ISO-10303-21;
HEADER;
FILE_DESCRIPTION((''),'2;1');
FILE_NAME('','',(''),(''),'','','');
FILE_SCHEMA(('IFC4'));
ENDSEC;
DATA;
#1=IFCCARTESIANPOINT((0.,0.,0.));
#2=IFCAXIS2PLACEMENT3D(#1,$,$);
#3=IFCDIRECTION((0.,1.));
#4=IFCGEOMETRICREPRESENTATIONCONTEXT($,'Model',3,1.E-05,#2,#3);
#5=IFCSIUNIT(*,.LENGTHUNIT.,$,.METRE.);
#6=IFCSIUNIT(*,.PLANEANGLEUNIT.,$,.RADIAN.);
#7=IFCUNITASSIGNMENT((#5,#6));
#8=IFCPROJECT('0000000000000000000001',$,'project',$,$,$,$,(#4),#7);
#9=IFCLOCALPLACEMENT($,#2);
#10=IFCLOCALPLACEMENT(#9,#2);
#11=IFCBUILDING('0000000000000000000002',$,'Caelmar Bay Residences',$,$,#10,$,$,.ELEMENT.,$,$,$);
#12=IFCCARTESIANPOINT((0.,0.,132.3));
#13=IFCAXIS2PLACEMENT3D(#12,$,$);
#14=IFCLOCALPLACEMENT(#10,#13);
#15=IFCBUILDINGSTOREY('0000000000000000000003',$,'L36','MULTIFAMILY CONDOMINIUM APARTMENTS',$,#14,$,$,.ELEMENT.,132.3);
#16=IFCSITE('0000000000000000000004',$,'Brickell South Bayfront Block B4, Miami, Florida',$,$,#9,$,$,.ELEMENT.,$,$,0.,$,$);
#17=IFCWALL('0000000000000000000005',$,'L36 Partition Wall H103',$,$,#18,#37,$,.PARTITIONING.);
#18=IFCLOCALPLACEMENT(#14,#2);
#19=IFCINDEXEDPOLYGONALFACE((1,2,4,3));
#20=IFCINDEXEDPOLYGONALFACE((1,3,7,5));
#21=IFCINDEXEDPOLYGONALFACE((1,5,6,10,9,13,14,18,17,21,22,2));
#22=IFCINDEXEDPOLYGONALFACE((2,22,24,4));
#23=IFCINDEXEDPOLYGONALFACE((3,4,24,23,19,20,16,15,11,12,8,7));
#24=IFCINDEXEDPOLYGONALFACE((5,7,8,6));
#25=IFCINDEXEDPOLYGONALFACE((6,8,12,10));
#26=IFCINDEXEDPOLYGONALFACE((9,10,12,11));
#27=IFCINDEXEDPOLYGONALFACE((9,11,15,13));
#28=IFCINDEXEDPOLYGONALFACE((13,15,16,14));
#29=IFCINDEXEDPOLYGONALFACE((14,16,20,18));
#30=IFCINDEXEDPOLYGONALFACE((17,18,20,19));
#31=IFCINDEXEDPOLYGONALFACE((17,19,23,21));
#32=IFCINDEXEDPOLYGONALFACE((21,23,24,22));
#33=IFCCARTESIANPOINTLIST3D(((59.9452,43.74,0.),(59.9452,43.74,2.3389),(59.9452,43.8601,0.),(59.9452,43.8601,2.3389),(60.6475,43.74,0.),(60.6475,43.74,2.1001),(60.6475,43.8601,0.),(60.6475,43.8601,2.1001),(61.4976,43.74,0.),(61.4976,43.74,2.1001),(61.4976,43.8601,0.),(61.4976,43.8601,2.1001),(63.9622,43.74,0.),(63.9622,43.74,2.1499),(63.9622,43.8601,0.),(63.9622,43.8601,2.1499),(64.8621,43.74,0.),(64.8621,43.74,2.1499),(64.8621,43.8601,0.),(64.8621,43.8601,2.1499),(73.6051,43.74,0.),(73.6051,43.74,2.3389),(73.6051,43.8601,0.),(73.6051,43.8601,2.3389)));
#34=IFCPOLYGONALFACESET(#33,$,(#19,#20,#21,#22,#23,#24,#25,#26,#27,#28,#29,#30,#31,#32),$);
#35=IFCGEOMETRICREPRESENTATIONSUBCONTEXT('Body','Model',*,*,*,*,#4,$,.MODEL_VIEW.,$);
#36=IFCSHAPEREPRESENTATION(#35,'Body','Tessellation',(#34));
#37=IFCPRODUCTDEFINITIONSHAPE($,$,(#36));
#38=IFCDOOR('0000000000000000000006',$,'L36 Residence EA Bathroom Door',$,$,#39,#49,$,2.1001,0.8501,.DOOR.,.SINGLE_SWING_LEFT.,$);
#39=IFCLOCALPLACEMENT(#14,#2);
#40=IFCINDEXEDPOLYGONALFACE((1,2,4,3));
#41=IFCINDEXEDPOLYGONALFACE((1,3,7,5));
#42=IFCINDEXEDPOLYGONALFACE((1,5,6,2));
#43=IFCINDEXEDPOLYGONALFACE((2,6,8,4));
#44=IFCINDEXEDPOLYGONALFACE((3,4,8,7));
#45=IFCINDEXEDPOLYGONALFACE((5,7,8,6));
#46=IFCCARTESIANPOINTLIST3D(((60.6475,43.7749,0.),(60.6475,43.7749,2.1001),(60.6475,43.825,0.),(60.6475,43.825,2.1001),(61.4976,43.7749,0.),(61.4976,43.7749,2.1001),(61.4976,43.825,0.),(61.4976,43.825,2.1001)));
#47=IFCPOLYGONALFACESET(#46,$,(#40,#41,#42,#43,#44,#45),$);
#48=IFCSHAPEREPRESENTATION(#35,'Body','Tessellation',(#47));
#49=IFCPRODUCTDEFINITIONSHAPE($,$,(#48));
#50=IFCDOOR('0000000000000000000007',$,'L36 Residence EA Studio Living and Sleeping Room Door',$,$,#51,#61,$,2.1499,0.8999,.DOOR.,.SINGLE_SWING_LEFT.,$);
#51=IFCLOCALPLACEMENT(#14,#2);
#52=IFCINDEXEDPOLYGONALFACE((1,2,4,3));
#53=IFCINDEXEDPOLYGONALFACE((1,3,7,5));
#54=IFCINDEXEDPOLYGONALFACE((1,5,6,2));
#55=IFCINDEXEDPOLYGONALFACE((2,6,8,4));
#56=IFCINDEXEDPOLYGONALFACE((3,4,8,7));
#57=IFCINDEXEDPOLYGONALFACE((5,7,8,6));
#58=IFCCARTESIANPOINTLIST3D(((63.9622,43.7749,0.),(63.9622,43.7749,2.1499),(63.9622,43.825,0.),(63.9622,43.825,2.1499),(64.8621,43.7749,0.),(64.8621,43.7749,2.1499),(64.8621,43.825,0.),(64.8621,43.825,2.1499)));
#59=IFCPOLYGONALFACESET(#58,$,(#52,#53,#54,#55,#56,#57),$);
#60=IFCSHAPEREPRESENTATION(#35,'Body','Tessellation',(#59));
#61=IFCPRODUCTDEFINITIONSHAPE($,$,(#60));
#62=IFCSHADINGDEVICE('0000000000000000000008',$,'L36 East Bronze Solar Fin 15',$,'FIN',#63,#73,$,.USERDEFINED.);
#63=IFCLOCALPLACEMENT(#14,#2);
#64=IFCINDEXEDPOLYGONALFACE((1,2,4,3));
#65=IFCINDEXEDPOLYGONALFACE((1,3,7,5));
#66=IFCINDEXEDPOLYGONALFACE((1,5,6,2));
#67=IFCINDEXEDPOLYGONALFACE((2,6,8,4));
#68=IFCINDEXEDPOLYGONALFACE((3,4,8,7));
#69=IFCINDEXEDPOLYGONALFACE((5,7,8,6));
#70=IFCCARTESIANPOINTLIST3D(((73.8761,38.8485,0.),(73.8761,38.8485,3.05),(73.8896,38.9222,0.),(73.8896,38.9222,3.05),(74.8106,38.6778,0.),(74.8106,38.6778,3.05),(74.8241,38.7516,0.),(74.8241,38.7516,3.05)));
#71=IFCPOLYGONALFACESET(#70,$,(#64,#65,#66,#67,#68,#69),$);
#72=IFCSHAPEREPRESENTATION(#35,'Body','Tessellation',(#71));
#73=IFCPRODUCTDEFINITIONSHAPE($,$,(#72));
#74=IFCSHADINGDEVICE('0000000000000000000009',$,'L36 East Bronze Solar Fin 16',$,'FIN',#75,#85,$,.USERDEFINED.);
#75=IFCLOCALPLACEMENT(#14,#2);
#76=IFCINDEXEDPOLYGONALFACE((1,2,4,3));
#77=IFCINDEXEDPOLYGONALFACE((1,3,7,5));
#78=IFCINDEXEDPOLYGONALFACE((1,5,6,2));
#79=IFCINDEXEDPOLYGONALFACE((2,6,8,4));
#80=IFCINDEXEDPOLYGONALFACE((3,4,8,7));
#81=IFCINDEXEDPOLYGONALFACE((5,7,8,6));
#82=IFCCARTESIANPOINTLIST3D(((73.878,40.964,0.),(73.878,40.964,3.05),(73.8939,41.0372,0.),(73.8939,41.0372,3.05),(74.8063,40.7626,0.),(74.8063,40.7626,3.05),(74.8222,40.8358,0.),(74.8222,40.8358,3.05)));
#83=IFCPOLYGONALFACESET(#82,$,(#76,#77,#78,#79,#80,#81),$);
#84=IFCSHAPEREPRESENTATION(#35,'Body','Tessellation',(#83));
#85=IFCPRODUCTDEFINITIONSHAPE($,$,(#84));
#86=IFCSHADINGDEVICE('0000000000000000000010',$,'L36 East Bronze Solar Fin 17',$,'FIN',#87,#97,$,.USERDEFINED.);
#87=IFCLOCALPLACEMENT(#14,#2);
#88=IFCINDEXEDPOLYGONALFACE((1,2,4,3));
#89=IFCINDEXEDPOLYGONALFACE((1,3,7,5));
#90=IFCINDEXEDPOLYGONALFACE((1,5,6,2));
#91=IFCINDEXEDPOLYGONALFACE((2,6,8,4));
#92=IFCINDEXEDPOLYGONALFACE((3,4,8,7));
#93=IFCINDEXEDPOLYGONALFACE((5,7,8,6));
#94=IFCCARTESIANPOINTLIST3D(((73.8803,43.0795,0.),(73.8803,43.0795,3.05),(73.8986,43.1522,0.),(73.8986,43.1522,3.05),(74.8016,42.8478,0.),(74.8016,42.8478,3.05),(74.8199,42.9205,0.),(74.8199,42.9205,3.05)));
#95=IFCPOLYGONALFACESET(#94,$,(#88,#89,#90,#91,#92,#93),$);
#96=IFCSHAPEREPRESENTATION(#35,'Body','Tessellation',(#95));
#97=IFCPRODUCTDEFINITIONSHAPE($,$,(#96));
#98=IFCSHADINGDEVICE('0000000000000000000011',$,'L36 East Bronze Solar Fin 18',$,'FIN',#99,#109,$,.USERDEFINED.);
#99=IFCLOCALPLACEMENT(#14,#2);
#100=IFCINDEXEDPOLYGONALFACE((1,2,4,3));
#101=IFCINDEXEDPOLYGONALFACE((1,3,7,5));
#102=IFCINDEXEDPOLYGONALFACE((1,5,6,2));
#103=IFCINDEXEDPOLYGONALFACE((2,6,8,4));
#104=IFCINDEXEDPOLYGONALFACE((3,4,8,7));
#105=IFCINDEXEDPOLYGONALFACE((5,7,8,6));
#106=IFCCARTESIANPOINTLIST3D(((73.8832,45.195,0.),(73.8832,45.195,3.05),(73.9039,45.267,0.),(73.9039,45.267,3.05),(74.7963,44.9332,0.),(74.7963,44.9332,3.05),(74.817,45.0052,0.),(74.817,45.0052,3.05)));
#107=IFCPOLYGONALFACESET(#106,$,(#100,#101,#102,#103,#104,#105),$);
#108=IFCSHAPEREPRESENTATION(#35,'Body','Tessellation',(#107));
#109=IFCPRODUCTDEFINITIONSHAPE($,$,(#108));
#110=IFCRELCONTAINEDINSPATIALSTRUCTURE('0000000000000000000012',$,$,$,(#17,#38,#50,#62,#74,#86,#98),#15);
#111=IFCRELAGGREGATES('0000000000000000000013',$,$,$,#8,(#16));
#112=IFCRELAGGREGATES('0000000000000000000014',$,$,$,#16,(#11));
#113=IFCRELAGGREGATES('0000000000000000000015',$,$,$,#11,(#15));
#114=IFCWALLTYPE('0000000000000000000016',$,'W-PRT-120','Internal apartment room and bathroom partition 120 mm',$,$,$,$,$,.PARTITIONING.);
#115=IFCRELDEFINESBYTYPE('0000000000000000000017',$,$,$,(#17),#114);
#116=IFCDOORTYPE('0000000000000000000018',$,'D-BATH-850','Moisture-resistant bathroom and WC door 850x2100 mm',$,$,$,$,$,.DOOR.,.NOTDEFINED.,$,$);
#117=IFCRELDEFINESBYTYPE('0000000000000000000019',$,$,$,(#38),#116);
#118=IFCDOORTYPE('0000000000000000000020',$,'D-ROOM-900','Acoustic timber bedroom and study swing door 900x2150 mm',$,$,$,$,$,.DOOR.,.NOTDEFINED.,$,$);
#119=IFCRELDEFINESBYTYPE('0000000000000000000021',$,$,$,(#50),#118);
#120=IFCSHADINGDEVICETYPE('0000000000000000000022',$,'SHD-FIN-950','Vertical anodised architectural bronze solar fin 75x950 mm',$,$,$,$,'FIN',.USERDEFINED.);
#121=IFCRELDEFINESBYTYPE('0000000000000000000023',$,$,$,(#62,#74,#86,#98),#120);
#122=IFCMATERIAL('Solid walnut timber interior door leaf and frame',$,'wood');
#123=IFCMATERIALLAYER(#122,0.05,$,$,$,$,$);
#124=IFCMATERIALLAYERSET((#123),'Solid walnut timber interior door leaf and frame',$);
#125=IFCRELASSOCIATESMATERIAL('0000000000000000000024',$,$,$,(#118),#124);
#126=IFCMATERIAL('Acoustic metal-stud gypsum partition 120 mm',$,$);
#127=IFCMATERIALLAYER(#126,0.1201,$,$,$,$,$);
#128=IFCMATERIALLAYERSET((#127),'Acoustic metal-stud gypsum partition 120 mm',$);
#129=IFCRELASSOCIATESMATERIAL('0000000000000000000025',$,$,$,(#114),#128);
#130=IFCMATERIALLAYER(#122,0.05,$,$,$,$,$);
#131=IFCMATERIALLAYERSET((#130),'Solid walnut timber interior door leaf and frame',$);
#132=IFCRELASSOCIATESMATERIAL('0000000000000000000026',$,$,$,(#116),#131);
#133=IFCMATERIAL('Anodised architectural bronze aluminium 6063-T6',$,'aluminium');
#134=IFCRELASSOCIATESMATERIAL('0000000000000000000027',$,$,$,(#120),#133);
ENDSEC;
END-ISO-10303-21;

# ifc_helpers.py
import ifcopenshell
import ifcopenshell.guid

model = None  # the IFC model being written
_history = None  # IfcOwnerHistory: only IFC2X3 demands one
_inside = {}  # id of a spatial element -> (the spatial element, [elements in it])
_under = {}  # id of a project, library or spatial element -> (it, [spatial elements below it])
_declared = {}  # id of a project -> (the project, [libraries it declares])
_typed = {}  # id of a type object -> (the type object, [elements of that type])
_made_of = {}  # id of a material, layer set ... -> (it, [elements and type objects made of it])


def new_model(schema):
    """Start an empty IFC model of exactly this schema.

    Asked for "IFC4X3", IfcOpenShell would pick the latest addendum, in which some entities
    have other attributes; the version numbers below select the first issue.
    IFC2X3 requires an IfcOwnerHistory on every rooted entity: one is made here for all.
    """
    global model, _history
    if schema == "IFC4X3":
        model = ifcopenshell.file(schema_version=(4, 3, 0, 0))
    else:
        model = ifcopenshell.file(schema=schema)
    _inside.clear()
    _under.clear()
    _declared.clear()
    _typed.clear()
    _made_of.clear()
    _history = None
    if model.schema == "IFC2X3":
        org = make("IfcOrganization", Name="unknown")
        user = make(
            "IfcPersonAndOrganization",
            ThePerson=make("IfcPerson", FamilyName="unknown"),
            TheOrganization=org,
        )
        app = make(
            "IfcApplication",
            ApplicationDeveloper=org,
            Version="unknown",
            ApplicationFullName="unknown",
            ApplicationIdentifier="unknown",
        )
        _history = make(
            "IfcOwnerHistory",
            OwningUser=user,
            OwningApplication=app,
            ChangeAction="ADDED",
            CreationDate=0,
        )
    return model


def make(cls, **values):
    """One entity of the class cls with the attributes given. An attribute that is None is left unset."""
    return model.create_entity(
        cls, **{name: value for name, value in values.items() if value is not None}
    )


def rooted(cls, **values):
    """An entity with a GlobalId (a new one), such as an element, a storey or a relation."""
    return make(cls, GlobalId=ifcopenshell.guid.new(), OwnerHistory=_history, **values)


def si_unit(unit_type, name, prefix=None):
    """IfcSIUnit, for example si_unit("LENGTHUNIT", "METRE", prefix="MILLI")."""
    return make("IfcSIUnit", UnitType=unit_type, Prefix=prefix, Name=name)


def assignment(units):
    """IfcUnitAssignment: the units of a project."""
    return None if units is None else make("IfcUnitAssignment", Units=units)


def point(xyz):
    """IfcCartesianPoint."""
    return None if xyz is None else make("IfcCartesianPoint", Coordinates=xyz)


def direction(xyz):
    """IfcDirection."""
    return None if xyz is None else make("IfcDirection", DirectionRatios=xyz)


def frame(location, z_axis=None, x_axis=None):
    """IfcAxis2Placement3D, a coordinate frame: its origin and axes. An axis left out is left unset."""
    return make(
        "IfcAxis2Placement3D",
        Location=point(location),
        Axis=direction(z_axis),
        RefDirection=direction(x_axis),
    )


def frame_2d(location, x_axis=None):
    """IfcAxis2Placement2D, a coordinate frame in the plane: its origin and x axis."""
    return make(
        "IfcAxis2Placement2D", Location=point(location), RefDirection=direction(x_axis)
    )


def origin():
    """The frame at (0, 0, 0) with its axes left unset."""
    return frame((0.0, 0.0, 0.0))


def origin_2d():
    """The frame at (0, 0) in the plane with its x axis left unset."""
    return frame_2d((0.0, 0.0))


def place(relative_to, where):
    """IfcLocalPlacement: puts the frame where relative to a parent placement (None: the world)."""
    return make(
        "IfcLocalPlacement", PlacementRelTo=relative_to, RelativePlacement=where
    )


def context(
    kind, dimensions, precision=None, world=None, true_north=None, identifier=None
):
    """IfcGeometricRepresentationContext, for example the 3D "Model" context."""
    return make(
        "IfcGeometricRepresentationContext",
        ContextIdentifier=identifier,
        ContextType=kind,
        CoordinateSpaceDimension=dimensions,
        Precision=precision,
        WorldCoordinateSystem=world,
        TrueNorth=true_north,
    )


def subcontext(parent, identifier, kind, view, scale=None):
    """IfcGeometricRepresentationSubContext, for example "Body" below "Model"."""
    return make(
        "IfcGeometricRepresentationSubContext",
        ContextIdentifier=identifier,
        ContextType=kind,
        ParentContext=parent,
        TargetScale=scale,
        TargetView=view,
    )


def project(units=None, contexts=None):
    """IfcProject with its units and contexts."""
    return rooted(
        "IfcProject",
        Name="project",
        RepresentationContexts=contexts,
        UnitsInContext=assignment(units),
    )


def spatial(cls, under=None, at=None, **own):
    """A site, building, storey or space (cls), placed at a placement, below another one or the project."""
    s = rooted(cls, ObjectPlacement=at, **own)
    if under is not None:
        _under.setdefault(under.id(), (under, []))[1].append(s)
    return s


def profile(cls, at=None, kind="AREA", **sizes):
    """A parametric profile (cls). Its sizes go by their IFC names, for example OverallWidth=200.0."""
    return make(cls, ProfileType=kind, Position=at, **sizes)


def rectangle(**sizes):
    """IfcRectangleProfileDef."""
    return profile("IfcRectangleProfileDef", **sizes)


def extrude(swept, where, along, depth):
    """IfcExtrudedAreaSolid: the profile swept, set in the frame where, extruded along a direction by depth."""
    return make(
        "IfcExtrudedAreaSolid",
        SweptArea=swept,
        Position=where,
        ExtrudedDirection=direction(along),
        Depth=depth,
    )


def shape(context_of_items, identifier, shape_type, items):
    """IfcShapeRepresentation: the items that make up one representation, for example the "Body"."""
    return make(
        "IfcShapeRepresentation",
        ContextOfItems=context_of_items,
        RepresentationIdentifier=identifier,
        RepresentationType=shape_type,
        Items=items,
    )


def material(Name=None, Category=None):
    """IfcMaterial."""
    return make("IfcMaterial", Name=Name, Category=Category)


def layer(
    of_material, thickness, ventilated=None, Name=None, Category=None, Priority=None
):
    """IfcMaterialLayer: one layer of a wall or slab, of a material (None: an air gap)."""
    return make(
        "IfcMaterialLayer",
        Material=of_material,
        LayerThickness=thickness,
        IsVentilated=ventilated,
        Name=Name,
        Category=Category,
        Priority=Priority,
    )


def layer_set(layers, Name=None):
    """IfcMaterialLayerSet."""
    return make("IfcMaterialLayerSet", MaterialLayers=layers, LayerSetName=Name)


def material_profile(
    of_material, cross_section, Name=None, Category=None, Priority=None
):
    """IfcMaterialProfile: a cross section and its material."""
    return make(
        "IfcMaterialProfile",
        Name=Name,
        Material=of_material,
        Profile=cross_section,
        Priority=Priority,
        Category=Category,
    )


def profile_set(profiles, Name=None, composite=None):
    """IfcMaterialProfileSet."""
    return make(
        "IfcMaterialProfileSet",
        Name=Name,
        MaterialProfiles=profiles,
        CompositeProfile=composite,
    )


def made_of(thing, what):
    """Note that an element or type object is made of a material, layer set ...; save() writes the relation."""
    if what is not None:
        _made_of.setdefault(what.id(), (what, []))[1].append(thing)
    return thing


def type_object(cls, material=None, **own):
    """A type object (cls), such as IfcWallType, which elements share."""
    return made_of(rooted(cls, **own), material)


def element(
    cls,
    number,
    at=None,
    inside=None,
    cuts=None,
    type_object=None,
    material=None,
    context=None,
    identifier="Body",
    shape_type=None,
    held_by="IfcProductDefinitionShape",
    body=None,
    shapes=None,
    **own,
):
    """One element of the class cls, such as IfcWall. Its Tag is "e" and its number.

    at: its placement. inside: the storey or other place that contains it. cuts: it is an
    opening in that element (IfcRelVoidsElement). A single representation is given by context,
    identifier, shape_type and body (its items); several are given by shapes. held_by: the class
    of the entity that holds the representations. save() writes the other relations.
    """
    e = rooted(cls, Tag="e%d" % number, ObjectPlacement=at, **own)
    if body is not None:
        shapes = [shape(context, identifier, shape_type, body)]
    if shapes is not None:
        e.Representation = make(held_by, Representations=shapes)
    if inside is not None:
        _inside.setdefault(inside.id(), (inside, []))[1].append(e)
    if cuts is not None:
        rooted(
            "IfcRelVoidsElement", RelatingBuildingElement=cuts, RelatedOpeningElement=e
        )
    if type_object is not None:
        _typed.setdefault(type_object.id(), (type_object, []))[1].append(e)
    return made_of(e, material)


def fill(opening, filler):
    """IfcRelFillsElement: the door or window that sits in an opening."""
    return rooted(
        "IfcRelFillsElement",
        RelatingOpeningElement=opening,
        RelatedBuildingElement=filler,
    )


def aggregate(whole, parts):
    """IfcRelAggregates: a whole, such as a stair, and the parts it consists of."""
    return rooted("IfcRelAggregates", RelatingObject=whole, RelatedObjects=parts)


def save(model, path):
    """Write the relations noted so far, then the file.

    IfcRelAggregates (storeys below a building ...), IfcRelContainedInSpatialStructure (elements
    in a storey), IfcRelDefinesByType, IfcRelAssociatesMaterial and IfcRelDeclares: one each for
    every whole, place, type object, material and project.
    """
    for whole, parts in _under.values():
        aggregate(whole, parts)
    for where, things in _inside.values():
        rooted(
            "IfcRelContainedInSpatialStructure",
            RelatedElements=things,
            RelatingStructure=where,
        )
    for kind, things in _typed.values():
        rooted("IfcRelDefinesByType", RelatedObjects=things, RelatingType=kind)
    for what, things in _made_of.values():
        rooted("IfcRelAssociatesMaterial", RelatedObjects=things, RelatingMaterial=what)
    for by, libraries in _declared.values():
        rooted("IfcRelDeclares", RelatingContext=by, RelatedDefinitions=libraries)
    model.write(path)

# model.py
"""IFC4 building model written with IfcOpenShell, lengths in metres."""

from ifc_helpers import new_model, si_unit, direction, frame, frame_2d, origin, origin_2d, place, context, subcontext, project, spatial, rectangle, extrude, material, layer, layer_set, material_profile, profile_set, type_object, element, fill, save


model = new_model("IFC4")

# Units and contexts
model_context = context("Model", 3, precision=1e-05, world=origin(), true_north=direction((0.0, 1.0)))
body_context = subcontext(model_context, "Body", "Model", "MODEL_VIEW")
ifc_project = project(units=[si_unit("LENGTHUNIT", "METRE"), si_unit("PLANEANGLEUNIT", "RADIAN")], contexts=[model_context])

# Site, building, storey
site_placement = place(None, origin())
site = spatial("IfcSite", under=ifc_project, at=site_placement, Name="Brickell South Bayfront Block B4, Miami, Florida", CompositionType="ELEMENT", RefElevation=0.0)
building_placement = place(site_placement, origin())
building = spatial("IfcBuilding", under=site, at=building_placement, Name="Caelmar Bay Residences", CompositionType="ELEMENT")
storey_placement = place(building_placement, frame((0.0, 0.0, 132.3)))
storey = spatial("IfcBuildingStorey", under=building, at=storey_placement, Name="L36", Description="MULTIFAMILY CONDOMINIUM APARTMENTS", CompositionType="ELEMENT", Elevation=132.3)

# Shared definitions
ifc_material_1 = material(Name="Solid walnut timber interior door leaf and frame", Category="wood")
ifc_layer_1 = layer(ifc_material_1, 0.05)
ifc_layer_set_1 = layer_set([ifc_layer_1], Name="Solid walnut timber interior door leaf and frame")
door_type_1 = type_object("IfcDoorType", Name="D-ROOM-900", Description="Acoustic timber bedroom and study swing door 900x2150 mm", OperationType="NOTDEFINED", PredefinedType="DOOR", material=ifc_layer_set_1)
ifc_material_2 = material(Name="Acoustic metal-stud gypsum partition 120 mm")
ifc_layer_2 = layer(ifc_material_2, 0.1201)
ifc_layer_set_2 = layer_set([ifc_layer_2], Name="Acoustic metal-stud gypsum partition 120 mm")
wall_type_1 = type_object("IfcWallType", Name="W-PRT-120", Description="Internal apartment room and bathroom partition 120 mm", PredefinedType="PARTITIONING", material=ifc_layer_set_2)

# Wall, openings, doors
wall_1_placement = place(storey_placement, frame((59.9451, 43.8, 0.0), z_axis=(0.0, 0.0, 1.0), x_axis=(1.0, 0.0, 0.0)))
wall_1 = element("IfcWall", 1, at=wall_1_placement, inside=storey, type_object=wall_type_1, Name="L36 Partition Wall H103", PredefinedType="PARTITIONING", context=body_context, shape_type="SweptSolid", body=[
    extrude(rectangle(XDim=13.6599, YDim=0.1201, at=frame_2d((6.8301, 0.0))), origin(), (0.0, 0.0, 1.0), 2.3389),
])
opening_1_placement = place(wall_1_placement, frame((4.0171, 0.0, 0.0)))
opening_1 = element("IfcOpeningElement", 2, at=opening_1_placement, cuts=wall_1, PredefinedType="OPENING", context=body_context, shape_type="SweptSolid", body=[
    extrude(rectangle(XDim=0.8999, YDim=2.1499, at=frame_2d((0.45, 1.075))), frame((0.0, 0.0701, 0.0), z_axis=(0.0, -1.0, 0.0), x_axis=(1.0, 0.0, 0.0)), (0.0, 0.0, 1.0), 0.1401),
])
opening_2_placement = place(wall_1_placement, frame((0.7024, 0.0, 0.0)))
opening_2 = element("IfcOpeningElement", 3, at=opening_2_placement, cuts=wall_1, PredefinedType="OPENING", context=body_context, shape_type="SweptSolid", body=[
    extrude(rectangle(XDim=0.8501, YDim=2.1001, at=frame_2d((0.425, 1.05))), frame((0.0, 0.0701, 0.0), z_axis=(0.0, -1.0, 0.0), x_axis=(1.0, 0.0, 0.0)), (0.0, 0.0, 1.0), 0.1401),
])
ifc_layer_3 = layer(ifc_material_1, 0.05)
ifc_layer_set_3 = layer_set([ifc_layer_3], Name="Solid walnut timber interior door leaf and frame")
door_type_2 = type_object("IfcDoorType", Name="D-BATH-850", Description="Moisture-resistant bathroom and WC door 850x2100 mm", OperationType="NOTDEFINED", PredefinedType="DOOR", material=ifc_layer_set_3)
door_1_placement = place(opening_2_placement, origin())
door_1 = element("IfcDoor", 4, at=door_1_placement, inside=storey, type_object=door_type_2, Name="L36 Residence EA Bathroom Door", OperationType="SINGLE_SWING_LEFT", OverallHeight=2.1001, OverallWidth=0.8501, PredefinedType="DOOR", context=body_context, shape_type="SweptSolid", body=[
    extrude(rectangle(XDim=0.8501, YDim=2.1001, at=frame_2d((0.425, 1.05))), frame((0.0, 0.0249, 0.0), z_axis=(0.0, -1.0, 0.0), x_axis=(1.0, 0.0, 0.0)), (0.0, 0.0, 1.0), 0.05),
])
fill(opening_2, door_1)
door_2_placement = place(opening_1_placement, origin())
door_2 = element("IfcDoor", 5, at=door_2_placement, inside=storey, type_object=door_type_1, Name="L36 Residence EA Studio Living and Sleeping Room Door", OperationType="SINGLE_SWING_LEFT", OverallHeight=2.1499, OverallWidth=0.8999, PredefinedType="DOOR", context=body_context, shape_type="SweptSolid", body=[
    extrude(rectangle(XDim=0.8999, YDim=2.1499, at=frame_2d((0.45, 1.075))), frame((0.0, 0.0249, 0.0), z_axis=(0.0, -1.0, 0.0), x_axis=(1.0, 0.0, 0.0)), (0.0, 0.0, 1.0), 0.05),
])
fill(opening_1, door_2)

# Shading devices
ifc_material_3 = material(Name="Anodised architectural bronze aluminium 6063-T6", Category="aluminium")
ifc_material_profile_1 = material_profile(ifc_material_3, rectangle(XDim=0.075, YDim=0.95, at=origin_2d()), Name="BRONZE-FIN-75X950")
ifc_profile_set_1 = profile_set([ifc_material_profile_1], Name="Anodised architectural bronze aluminium 6063-T6")
shading_device_type = type_object("IfcShadingDeviceType", Name="SHD-FIN-950", Description="Vertical anodised architectural bronze solar fin 75x950 mm", ElementType="FIN", PredefinedType="USERDEFINED", material=ifc_profile_set_1)
for number, where, z_axis, x_axis, name in (
    (6, (74.3501, 38.8, 0.0), (0.0, 0.0, 1.0), (0.179661, 0.983729, 0.0), "L36 East Bronze Solar Fin 15"),
    (7, (74.3501, 40.8999, 0.0), (0.0, 0.0, 1.0), (0.212007, 0.977268, 0.0), "L36 East Bronze Solar Fin 16"),
    (8, (74.3501, 43.0, 0.0), (0.0, 0.0, 1.0), (0.243954, 0.969787, 0.0), "L36 East Bronze Solar Fin 17"),
    (9, (74.3501, 45.1001, 0.0), (0.0, 0.0, 1.0), (0.275637, 0.961262, 0.0), "L36 East Bronze Solar Fin 18"),
):
    element("IfcShadingDevice", number, at=place(storey_placement, frame(where, z_axis=z_axis, x_axis=x_axis)), inside=storey, type_object=shading_device_type, Name=name, ObjectType="FIN", PredefinedType="USERDEFINED", context=body_context, shape_type="SweptSolid", body=[
        extrude(rectangle(XDim=0.075, YDim=0.95, at=origin_2d()), origin(), (0.0, 0.0, 1.0), 3.05),
    ])

save(model, "model.ifc")
